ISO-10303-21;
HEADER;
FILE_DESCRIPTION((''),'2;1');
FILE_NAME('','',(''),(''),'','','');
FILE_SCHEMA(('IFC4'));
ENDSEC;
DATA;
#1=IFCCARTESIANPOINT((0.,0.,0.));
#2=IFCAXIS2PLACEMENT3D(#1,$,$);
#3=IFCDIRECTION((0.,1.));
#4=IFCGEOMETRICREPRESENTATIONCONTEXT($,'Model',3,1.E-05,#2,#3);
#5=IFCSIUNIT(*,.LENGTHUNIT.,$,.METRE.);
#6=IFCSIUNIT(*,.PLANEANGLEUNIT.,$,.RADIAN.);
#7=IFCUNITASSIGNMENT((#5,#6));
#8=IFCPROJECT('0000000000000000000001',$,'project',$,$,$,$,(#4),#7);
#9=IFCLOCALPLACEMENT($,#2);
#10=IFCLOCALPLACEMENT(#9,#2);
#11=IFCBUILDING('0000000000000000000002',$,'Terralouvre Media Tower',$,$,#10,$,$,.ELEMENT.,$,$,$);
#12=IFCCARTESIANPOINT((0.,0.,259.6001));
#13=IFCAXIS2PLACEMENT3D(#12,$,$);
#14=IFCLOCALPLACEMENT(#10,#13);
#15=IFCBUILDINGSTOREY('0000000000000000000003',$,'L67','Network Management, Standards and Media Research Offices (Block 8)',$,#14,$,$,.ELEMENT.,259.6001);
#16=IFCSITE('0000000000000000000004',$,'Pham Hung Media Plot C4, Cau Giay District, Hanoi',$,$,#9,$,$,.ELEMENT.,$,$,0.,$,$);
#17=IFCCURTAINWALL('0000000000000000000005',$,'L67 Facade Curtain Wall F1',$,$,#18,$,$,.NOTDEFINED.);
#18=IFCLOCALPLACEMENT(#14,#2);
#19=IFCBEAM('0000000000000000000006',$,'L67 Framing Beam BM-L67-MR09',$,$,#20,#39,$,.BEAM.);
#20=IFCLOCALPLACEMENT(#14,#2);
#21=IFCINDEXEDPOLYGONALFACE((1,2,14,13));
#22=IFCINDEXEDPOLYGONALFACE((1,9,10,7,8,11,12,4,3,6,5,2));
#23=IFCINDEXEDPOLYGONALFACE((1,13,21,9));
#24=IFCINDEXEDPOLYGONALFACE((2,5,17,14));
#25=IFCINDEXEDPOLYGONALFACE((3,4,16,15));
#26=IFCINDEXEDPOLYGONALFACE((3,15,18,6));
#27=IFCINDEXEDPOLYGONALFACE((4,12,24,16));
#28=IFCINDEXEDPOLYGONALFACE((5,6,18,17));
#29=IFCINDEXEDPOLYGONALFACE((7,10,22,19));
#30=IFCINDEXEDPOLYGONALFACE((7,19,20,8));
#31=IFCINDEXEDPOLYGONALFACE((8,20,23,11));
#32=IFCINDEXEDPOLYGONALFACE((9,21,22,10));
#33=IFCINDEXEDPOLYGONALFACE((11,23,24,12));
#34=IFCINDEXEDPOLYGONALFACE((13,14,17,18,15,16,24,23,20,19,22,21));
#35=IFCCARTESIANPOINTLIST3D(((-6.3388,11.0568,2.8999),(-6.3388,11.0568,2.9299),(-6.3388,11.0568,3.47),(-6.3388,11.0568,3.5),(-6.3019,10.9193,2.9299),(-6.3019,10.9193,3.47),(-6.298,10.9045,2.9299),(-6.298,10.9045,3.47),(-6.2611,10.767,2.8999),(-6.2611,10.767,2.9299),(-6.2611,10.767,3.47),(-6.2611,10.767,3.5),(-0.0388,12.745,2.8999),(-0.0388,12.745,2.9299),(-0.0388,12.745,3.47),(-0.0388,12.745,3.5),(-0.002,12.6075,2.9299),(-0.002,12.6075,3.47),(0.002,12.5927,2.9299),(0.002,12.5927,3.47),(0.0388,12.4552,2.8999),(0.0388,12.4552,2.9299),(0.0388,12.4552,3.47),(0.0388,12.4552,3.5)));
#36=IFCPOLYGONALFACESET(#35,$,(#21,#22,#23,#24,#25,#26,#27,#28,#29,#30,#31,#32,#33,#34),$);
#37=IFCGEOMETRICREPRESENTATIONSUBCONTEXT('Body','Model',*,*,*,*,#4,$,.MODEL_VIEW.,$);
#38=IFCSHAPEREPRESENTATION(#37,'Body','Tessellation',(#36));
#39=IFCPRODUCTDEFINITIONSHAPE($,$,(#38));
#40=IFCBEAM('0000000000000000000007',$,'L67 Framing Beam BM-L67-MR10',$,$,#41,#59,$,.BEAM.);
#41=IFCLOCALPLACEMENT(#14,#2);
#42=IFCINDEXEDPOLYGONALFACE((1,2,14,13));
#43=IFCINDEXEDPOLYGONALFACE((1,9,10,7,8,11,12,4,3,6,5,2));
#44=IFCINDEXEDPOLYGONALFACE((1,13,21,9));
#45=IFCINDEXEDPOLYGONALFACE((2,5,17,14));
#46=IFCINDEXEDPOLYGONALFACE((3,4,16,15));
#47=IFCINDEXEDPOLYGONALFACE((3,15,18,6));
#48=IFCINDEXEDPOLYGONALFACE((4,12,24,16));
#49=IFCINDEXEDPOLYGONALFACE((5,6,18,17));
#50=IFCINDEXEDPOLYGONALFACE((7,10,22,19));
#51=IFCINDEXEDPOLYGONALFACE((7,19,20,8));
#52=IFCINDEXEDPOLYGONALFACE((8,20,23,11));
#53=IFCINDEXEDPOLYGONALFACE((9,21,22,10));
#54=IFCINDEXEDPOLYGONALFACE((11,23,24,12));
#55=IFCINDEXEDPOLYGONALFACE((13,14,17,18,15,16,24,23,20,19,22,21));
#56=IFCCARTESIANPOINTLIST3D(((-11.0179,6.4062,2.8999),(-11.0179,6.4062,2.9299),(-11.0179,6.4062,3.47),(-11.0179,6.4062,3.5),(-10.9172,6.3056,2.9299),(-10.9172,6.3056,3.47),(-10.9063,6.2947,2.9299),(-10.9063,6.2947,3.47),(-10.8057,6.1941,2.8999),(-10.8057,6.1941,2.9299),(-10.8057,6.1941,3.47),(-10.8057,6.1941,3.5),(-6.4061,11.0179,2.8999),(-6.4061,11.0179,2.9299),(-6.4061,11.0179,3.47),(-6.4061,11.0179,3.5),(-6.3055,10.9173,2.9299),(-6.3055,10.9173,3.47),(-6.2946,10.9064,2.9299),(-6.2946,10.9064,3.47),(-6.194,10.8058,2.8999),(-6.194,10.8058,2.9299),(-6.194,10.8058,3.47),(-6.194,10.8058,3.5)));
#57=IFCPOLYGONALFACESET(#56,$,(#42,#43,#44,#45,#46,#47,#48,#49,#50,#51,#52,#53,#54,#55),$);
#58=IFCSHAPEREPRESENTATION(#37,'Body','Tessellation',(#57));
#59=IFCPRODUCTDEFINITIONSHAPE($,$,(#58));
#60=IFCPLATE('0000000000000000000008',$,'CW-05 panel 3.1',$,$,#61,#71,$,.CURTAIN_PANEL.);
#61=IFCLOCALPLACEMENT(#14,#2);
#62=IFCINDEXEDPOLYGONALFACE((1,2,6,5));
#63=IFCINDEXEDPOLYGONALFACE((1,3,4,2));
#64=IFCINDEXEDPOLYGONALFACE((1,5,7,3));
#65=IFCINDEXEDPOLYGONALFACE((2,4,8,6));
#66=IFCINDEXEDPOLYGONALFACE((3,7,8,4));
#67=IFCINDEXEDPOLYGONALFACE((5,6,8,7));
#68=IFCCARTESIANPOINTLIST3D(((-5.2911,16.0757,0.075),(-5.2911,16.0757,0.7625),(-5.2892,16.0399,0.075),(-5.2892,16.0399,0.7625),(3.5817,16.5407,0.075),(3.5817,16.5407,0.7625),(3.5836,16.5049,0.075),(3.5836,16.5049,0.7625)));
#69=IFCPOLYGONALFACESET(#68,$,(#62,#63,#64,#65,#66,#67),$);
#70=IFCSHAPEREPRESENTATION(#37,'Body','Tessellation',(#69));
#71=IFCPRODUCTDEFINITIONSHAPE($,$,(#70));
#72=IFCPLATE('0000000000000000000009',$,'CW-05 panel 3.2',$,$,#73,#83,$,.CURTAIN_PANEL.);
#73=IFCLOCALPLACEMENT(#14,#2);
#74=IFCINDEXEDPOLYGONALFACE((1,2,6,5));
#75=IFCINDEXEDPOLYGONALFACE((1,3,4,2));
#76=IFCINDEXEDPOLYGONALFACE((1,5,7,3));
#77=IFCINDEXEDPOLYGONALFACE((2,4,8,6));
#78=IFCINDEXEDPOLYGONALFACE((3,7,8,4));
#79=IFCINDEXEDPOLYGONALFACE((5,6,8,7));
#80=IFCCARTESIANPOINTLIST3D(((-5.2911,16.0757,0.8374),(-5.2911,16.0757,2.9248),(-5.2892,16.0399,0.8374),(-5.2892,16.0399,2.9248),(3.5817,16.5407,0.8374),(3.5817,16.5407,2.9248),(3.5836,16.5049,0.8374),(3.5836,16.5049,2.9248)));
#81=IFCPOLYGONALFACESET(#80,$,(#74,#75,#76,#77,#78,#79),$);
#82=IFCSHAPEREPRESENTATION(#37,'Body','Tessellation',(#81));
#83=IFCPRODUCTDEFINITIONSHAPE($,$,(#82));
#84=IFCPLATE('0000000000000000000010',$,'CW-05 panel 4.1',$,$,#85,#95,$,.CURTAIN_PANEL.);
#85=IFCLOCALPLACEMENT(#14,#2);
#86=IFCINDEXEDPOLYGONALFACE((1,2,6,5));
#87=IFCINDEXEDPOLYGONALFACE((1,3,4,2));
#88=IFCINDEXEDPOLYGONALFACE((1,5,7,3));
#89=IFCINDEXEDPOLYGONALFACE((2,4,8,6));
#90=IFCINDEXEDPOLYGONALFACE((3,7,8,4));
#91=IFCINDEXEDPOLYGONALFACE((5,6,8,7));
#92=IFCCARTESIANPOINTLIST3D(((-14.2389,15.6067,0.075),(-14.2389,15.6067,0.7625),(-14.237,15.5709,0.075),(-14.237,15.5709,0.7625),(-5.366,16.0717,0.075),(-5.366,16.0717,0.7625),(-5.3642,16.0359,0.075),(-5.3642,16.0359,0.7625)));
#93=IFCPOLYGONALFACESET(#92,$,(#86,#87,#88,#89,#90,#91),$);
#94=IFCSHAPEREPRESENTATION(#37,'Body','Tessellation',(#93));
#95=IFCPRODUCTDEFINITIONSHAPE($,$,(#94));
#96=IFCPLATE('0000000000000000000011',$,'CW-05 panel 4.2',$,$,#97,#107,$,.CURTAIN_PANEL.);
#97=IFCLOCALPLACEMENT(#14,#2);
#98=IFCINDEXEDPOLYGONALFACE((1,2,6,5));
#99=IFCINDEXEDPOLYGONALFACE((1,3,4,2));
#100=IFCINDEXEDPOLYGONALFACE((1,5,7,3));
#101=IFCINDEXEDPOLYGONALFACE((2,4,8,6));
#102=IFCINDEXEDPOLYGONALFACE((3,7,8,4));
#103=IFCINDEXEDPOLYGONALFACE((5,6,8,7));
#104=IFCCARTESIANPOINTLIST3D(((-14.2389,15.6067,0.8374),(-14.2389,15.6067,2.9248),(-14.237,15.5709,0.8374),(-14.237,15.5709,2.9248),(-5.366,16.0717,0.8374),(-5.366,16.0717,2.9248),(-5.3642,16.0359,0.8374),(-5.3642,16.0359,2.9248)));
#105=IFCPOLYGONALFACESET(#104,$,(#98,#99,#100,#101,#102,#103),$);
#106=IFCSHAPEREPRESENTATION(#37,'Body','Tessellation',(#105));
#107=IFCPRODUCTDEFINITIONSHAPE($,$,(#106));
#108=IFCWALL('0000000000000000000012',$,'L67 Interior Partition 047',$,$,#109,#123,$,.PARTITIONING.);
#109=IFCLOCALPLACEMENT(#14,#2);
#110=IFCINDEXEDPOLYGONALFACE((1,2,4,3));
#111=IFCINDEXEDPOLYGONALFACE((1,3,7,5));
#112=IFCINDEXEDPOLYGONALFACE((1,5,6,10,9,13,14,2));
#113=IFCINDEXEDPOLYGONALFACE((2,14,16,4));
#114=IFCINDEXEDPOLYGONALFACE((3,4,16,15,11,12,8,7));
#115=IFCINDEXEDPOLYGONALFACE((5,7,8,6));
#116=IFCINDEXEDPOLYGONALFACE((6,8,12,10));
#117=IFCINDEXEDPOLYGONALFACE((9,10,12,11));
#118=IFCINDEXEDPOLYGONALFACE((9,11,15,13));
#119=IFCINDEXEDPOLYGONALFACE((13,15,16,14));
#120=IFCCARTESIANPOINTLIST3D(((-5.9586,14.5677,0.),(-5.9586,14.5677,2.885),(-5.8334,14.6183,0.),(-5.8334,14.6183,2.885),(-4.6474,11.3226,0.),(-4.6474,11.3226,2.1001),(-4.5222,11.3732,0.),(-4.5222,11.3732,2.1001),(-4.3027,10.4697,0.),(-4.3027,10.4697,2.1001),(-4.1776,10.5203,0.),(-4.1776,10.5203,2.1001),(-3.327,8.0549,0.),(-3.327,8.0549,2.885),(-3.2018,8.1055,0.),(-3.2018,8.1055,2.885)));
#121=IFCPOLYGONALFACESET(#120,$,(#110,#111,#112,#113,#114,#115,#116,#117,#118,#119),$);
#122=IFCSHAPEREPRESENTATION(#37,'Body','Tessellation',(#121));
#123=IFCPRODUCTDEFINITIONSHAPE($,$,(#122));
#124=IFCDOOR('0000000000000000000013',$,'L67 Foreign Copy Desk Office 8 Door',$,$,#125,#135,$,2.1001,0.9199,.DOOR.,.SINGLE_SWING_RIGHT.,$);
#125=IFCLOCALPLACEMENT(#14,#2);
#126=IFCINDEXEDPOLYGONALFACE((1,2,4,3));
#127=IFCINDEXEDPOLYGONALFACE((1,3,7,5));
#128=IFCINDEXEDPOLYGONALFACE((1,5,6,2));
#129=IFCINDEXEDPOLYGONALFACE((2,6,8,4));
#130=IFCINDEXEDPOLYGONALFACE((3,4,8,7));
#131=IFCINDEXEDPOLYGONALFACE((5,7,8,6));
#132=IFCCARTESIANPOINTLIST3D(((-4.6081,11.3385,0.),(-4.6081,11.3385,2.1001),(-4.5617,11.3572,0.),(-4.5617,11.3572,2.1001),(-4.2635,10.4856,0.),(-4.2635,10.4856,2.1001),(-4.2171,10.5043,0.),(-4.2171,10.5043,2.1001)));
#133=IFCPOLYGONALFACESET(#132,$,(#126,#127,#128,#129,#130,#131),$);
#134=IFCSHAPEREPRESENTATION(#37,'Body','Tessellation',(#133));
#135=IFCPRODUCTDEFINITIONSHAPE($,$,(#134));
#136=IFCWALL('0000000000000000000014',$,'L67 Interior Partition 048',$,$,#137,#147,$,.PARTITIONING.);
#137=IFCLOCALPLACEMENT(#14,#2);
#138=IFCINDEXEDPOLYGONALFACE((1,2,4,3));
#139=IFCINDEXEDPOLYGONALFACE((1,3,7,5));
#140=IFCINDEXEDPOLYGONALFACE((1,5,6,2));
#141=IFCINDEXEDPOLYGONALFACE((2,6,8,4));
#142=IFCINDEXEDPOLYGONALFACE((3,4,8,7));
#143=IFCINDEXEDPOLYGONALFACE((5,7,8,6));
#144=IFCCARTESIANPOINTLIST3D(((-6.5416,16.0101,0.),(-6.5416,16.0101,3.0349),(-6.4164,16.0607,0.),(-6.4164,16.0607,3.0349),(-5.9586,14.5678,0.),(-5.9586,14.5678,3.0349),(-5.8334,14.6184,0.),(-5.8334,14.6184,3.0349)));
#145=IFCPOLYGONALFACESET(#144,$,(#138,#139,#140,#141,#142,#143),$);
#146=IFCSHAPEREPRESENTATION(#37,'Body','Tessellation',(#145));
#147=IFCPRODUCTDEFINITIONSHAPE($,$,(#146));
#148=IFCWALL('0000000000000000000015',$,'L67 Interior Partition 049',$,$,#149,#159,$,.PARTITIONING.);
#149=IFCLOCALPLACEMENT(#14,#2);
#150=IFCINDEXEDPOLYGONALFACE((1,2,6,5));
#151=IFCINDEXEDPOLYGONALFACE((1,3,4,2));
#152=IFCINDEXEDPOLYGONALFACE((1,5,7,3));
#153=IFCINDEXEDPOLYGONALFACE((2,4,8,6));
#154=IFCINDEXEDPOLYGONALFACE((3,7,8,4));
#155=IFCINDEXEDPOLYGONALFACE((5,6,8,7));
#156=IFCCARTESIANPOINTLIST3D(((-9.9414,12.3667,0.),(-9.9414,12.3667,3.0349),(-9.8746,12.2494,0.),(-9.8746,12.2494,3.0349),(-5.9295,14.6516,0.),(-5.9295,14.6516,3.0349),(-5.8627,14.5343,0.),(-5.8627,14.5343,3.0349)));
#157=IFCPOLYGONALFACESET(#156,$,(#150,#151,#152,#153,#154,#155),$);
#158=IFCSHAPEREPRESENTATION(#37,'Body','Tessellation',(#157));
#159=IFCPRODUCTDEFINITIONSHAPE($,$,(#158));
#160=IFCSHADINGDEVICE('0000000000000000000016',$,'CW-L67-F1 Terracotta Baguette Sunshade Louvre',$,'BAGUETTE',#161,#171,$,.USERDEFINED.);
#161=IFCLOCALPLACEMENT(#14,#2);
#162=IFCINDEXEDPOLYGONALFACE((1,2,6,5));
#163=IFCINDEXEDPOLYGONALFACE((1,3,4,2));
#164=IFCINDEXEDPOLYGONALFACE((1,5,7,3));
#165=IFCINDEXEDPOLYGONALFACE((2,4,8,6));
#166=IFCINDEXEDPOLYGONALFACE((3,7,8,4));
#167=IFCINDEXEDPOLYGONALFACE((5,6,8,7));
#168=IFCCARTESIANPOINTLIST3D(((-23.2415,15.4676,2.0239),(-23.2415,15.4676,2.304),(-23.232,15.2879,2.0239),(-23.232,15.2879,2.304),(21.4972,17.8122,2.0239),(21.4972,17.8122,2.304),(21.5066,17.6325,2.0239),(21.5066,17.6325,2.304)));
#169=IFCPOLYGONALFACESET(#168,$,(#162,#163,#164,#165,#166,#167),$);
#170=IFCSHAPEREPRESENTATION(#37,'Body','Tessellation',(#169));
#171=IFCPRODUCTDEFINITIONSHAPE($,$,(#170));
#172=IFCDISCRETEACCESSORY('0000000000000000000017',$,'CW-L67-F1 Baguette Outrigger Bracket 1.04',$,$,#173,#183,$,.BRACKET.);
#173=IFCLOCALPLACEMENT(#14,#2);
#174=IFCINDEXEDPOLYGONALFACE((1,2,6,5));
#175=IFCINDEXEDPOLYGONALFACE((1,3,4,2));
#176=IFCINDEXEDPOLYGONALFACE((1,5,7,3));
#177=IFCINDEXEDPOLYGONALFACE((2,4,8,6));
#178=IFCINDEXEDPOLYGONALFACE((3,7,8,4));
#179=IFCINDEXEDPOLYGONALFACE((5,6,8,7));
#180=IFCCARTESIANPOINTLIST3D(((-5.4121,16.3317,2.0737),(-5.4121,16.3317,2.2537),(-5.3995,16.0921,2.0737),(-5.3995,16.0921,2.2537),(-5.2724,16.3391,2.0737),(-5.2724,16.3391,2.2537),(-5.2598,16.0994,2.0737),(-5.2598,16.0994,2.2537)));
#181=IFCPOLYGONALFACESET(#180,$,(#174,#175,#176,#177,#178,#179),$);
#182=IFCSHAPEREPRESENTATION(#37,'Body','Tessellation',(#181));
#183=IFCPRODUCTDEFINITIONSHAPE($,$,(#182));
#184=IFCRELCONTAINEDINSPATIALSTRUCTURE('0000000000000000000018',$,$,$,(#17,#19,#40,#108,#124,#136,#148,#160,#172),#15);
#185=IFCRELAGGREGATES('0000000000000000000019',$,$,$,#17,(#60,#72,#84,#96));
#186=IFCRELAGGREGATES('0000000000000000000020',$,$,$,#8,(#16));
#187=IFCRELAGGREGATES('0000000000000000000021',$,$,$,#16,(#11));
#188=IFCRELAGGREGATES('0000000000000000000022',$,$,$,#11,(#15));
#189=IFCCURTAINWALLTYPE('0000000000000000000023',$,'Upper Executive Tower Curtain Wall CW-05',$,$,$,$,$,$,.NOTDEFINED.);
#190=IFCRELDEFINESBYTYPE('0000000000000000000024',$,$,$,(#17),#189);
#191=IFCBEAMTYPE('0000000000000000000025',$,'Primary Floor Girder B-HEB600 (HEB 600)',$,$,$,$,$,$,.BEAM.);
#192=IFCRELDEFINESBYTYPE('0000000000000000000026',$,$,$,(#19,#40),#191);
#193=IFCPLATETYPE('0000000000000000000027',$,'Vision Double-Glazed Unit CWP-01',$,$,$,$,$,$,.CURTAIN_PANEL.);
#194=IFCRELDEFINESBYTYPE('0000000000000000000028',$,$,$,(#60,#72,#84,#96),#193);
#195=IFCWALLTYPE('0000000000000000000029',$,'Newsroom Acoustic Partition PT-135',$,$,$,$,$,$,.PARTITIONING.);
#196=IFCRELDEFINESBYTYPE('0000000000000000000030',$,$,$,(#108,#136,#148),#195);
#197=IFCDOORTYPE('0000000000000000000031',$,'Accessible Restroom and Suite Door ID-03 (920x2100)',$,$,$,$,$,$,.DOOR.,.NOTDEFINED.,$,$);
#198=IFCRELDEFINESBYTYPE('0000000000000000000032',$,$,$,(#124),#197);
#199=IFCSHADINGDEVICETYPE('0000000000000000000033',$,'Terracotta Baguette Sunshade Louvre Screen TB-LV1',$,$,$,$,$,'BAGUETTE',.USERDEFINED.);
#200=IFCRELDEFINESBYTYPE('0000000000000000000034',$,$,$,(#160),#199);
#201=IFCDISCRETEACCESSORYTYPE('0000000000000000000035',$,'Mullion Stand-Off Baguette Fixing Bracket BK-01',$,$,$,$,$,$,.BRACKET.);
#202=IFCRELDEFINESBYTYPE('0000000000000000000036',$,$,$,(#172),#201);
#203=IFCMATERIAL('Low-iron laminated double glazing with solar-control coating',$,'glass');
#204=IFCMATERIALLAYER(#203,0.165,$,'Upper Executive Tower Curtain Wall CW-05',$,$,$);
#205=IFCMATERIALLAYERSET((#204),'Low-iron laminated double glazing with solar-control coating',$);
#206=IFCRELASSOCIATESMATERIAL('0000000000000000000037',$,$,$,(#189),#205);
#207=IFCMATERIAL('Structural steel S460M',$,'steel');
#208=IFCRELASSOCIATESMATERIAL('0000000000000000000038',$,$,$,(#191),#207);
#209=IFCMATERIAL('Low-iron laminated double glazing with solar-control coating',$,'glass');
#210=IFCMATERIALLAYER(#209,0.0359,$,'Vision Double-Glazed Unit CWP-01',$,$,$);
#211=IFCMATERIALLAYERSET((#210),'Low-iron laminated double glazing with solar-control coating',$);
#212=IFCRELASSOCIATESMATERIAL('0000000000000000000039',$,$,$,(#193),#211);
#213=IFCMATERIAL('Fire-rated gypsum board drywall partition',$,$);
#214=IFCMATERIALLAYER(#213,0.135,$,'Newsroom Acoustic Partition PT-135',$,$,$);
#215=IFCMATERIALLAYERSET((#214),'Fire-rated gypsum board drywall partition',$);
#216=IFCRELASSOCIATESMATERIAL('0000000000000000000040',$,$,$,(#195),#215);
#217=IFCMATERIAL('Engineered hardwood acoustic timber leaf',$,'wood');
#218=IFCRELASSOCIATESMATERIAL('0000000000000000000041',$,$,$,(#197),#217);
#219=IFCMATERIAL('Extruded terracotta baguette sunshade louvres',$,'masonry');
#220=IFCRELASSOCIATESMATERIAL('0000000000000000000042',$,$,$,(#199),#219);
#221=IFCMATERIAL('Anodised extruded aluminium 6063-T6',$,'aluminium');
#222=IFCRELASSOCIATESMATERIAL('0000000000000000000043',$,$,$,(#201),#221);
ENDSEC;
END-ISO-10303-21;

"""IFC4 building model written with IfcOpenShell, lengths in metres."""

from ifc_helpers import new_model, si_unit, direction, frame, frame_2d, origin, origin_2d, place, context, subcontext, project, spatial, rectangle, i_section, extrude, material, layer, layer_set, material_profile, profile_set, type_object, element, fill, aggregate, save


model = new_model("IFC4")

# Units and contexts
model_context = context("Model", 3, precision=1e-05, world=origin(), true_north=direction((0.0, 1.0)))
body_context = subcontext(model_context, "Body", "Model", "MODEL_VIEW")
ifc_project = project(units=[si_unit("LENGTHUNIT", "METRE"), si_unit("PLANEANGLEUNIT", "RADIAN")], contexts=[model_context])

# Site, building, storey
site_placement = place(None, origin())
site = spatial("IfcSite", under=ifc_project, at=site_placement, Name="Pham Hung Media Plot C4, Cau Giay District, Hanoi", CompositionType="ELEMENT", RefElevation=0.0)
building_placement = place(site_placement, origin())
building = spatial("IfcBuilding", under=site, at=building_placement, Name="Terralouvre Media Tower", CompositionType="ELEMENT")
storey_placement = place(building_placement, frame((0.0, 0.0, 259.6001)))
storey = spatial("IfcBuildingStorey", under=building, at=storey_placement, Name="L67", Description="Network Management, Standards and Media Research Offices (Block 8)", CompositionType="ELEMENT", Elevation=259.6001)

# Curtain wall
ifc_material_1 = material(Name="Low-iron laminated double glazing with solar-control coating", Category="glass")
ifc_layer_1 = layer(ifc_material_1, 0.165, Name="Upper Executive Tower Curtain Wall CW-05")
ifc_layer_set_1 = layer_set([ifc_layer_1], Name="Low-iron laminated double glazing with solar-control coating")
curtain_wall_type = type_object("IfcCurtainWallType", Name="Upper Executive Tower Curtain Wall CW-05", PredefinedType="NOTDEFINED", material=ifc_layer_set_1)
curtain_wall_placement = place(storey_placement, origin())
curtain_wall = element("IfcCurtainWall", 1, at=curtain_wall_placement, inside=storey, type_object=curtain_wall_type, Name="L67 Facade Curtain Wall F1", PredefinedType="NOTDEFINED")

# Beams
ifc_material_2 = material(Name="Structural steel S460M", Category="steel")
ifc_material_profile_1 = material_profile(ifc_material_2, i_section(OverallWidth=0.3, OverallDepth=0.6001, WebThickness=0.0154, FlangeThickness=0.03, at=origin_2d()), Name="HEB 600")
ifc_profile_set_1 = profile_set([ifc_material_profile_1], Name="Structural steel S460M")
beam_type_1 = type_object("IfcBeamType", Name="Primary Floor Girder B-HEB600 (HEB 600)", PredefinedType="BEAM", material=ifc_profile_set_1)
beam_1_placement = place(storey_placement, frame((0.0, 12.6001, 3.2), z_axis=(-0.96592, -0.258839, 0.0), x_axis=(0.258839, -0.96592, 0.0)))
element("IfcBeam", 2, at=beam_1_placement, inside=storey, type_object=beam_type_1, Name="L67 Framing Beam BM-L67-MR09", PredefinedType="BEAM", context=body_context, shape_type="SweptSolid", body=[
    extrude(i_section(OverallWidth=0.3, OverallDepth=0.6001, WebThickness=0.0154, FlangeThickness=0.03, at=origin_2d()), origin(), (0.0, 0.0, 1.0), 6.5222),
])
beam_2_placement = place(storey_placement, frame((-6.3, 10.9119, 3.2), z_axis=(-0.707107, -0.707107, 0.0), x_axis=(0.707107, -0.707107, 0.0)))
element("IfcBeam", 3, at=beam_2_placement, inside=storey, type_object=beam_type_1, Name="L67 Framing Beam BM-L67-MR10", PredefinedType="BEAM", context=body_context, shape_type="SweptSolid", body=[
    extrude(i_section(OverallWidth=0.3, OverallDepth=0.6001, WebThickness=0.0154, FlangeThickness=0.03, at=origin_2d()), origin(), (0.0, 0.0, 1.0), 6.522),
])

# Plates
ifc_material_3 = material(Name="Low-iron laminated double glazing with solar-control coating", Category="glass")
ifc_layer_2 = layer(ifc_material_3, 0.0359, Name="Vision Double-Glazed Unit CWP-01")
ifc_layer_set_2 = layer_set([ifc_layer_2], Name="Low-iron laminated double glazing with solar-control coating")
plate_type = type_object("IfcPlateType", Name="Vision Double-Glazed Unit CWP-01", PredefinedType="CURTAIN_PANEL", material=ifc_layer_set_2)
plate_1_placement = place(storey_placement, frame((-0.8538, 16.2903, 0.075), z_axis=(0.0, 0.0, 1.0), x_axis=(-0.99863, -0.052336, 0.0)))
plate_1 = element("IfcPlate", 4, at=plate_1_placement, type_object=plate_type, Name="CW-05 panel 3.1", PredefinedType="CURTAIN_PANEL", context=body_context, shape_type="SweptSolid", body=[
    extrude(rectangle(XDim=8.885, YDim=0.0359, at=origin_2d()), origin(), (0.0, 0.0, 1.0), 0.6875),
])
plate_2_placement = place(storey_placement, frame((-0.8538, 16.2903, 0.8374), z_axis=(0.0, 0.0, 1.0), x_axis=(-0.99863, -0.052336, 0.0)))
plate_2 = element("IfcPlate", 5, at=plate_2_placement, type_object=plate_type, Name="CW-05 panel 3.2", PredefinedType="CURTAIN_PANEL", context=body_context, shape_type="SweptSolid", body=[
    extrude(rectangle(XDim=8.885, YDim=0.0359, at=origin_2d()), origin(), (0.0, 0.0, 1.0), 2.0874),
])
plate_3_placement = place(storey_placement, frame((-9.8015, 15.8213, 0.075), z_axis=(0.0, 0.0, 1.0), x_axis=(-0.99863, -0.052336, 0.0)))
plate_3 = element("IfcPlate", 6, at=plate_3_placement, type_object=plate_type, Name="CW-05 panel 4.1", PredefinedType="CURTAIN_PANEL", context=body_context, shape_type="SweptSolid", body=[
    extrude(rectangle(XDim=8.885, YDim=0.0359, at=origin_2d()), origin(), (0.0, 0.0, 1.0), 0.6875),
])
plate_4_placement = place(storey_placement, frame((-9.8015, 15.8213, 0.8374), z_axis=(0.0, 0.0, 1.0), x_axis=(-0.99863, -0.052336, 0.0)))
plate_4 = element("IfcPlate", 7, at=plate_4_placement, type_object=plate_type, Name="CW-05 panel 4.2", PredefinedType="CURTAIN_PANEL", context=body_context, shape_type="SweptSolid", body=[
    extrude(rectangle(XDim=8.885, YDim=0.0359, at=origin_2d()), origin(), (0.0, 0.0, 1.0), 2.0874),
])
aggregate(curtain_wall, [plate_1, plate_2, plate_3, plate_4])

# Wall, opening, door
ifc_material_4 = material(Name="Fire-rated gypsum board drywall partition")
ifc_layer_3 = layer(ifc_material_4, 0.135, Name="Newsroom Acoustic Partition PT-135")
ifc_layer_set_3 = layer_set([ifc_layer_3], Name="Fire-rated gypsum board drywall partition")
wall_type = type_object("IfcWallType", Name="Newsroom Acoustic Partition PT-135", PredefinedType="PARTITIONING", material=ifc_layer_set_3)
wall_1_placement = place(storey_placement, frame((-5.896, 14.593, 0.0), z_axis=(0.0, 0.0, 1.0), x_axis=(0.37463, -0.927174, 0.0)))
wall_1 = element("IfcWall", 8, at=wall_1_placement, inside=storey, type_object=wall_type, Name="L67 Interior Partition 047", PredefinedType="PARTITIONING", context=body_context, shape_type="SweptSolid", body=[
    extrude(rectangle(XDim=7.0244, YDim=0.135, at=frame_2d((3.5122, 0.0))), origin(), (0.0, 0.0, 1.0), 2.885),
])
opening_placement = place(wall_1_placement, frame((3.5, 0.0, 0.0)))
opening = element("IfcOpeningElement", 9, at=opening_placement, cuts=wall_1, PredefinedType="OPENING", context=body_context, shape_type="SweptSolid", body=[
    extrude(rectangle(XDim=0.9199, YDim=2.1001, at=frame_2d((0.46, 1.05))), frame((0.0, 0.0774, 0.0), z_axis=(0.0, -1.0, 0.0), x_axis=(1.0, 0.0, 0.0)), (0.0, 0.0, 1.0), 0.155),
])
ifc_material_5 = material(Name="Engineered hardwood acoustic timber leaf", Category="wood")
door_type = type_object("IfcDoorType", Name="Accessible Restroom and Suite Door ID-03 (920x2100)", OperationType="NOTDEFINED", PredefinedType="DOOR", material=ifc_material_5)
door_placement = place(opening_placement, origin())
door = element("IfcDoor", 10, at=door_placement, inside=storey, type_object=door_type, Name="L67 Foreign Copy Desk Office 8 Door", OperationType="SINGLE_SWING_RIGHT", OverallHeight=2.1001, OverallWidth=0.9199, PredefinedType="DOOR", context=body_context, shape_type="SweptSolid", body=[
    extrude(rectangle(XDim=0.9199, YDim=2.1001, at=frame_2d((0.46, 1.05))), frame((0.0, 0.0249, 0.0), z_axis=(0.0, -1.0, 0.0), x_axis=(1.0, 0.0, 0.0)), (0.0, 0.0, 1.0), 0.05),
])
fill(opening, door)

# Walls
wall_2_placement = place(storey_placement, frame((-6.479, 16.0354, 0.0), z_axis=(0.0, 0.0, 1.0), x_axis=(0.374743, -0.927129, 0.0)))
element("IfcWall", 11, at=wall_2_placement, inside=storey, type_object=wall_type, Name="L67 Interior Partition 048", PredefinedType="PARTITIONING", context=body_context, shape_type="SweptSolid", body=[
    extrude(rectangle(XDim=1.5557, YDim=0.135, at=frame_2d((0.7778, 0.0))), origin(), (0.0, 0.0, 1.0), 3.0349),
])
wall_3_placement = place(storey_placement, frame((-5.896, 14.593, 0.0), z_axis=(0.0, 0.0, 1.0), x_axis=(-0.868955, -0.494891, 0.0)))
element("IfcWall", 12, at=wall_3_placement, inside=storey, type_object=wall_type, Name="L67 Interior Partition 049", PredefinedType="PARTITIONING", context=body_context, shape_type="SweptSolid", body=[
    extrude(rectangle(XDim=4.6169, YDim=0.135, at=frame_2d((2.3086, 0.0))), origin(), (0.0, 0.0, 1.0), 3.0349),
])

# Shading device
ifc_material_6 = material(Name="Extruded terracotta baguette sunshade louvres", Category="masonry")
shading_device_type = type_object("IfcShadingDeviceType", Name="Terracotta Baguette Sunshade Louvre Screen TB-LV1", ElementType="BAGUETTE", PredefinedType="USERDEFINED", material=ifc_material_6)
shading_device_placement = place(storey_placement, frame((-0.8674, 16.55, 2.0239), z_axis=(0.0, 0.0, 1.0), x_axis=(-0.99863, -0.052336, 0.0)))
element("IfcShadingDevice", 13, at=shading_device_placement, inside=storey, type_object=shading_device_type, Name="CW-L67-F1 Terracotta Baguette Sunshade Louvre", ObjectType="BAGUETTE", PredefinedType="USERDEFINED", context=body_context, shape_type="SweptSolid", body=[
    extrude(rectangle(XDim=44.8, YDim=0.1799, at=origin_2d()), origin(), (0.0, 0.0, 1.0), 0.28),
])

# Discrete accessory
ifc_material_7 = material(Name="Anodised extruded aluminium 6063-T6", Category="aluminium")
discrete_accessory_type = type_object("IfcDiscreteAccessoryType", Name="Mullion Stand-Off Baguette Fixing Bracket BK-01", PredefinedType="BRACKET", material=ifc_material_7)
discrete_accessory_placement = place(storey_placement, frame((-5.3359, 16.2156, 2.0737), z_axis=(0.0, 0.0, 1.0), x_axis=(-0.99863, -0.052336, 0.0)))
element("IfcDiscreteAccessory", 14, at=discrete_accessory_placement, inside=storey, type_object=discrete_accessory_type, Name="CW-L67-F1 Baguette Outrigger Bracket 1.04", PredefinedType="BRACKET", context=body_context, shape_type="SweptSolid", body=[
    extrude(rectangle(XDim=0.1399, YDim=0.24, at=origin_2d()), origin(), (0.0, 0.0, 1.0), 0.1799),
])

save(model, "model.ifc")
